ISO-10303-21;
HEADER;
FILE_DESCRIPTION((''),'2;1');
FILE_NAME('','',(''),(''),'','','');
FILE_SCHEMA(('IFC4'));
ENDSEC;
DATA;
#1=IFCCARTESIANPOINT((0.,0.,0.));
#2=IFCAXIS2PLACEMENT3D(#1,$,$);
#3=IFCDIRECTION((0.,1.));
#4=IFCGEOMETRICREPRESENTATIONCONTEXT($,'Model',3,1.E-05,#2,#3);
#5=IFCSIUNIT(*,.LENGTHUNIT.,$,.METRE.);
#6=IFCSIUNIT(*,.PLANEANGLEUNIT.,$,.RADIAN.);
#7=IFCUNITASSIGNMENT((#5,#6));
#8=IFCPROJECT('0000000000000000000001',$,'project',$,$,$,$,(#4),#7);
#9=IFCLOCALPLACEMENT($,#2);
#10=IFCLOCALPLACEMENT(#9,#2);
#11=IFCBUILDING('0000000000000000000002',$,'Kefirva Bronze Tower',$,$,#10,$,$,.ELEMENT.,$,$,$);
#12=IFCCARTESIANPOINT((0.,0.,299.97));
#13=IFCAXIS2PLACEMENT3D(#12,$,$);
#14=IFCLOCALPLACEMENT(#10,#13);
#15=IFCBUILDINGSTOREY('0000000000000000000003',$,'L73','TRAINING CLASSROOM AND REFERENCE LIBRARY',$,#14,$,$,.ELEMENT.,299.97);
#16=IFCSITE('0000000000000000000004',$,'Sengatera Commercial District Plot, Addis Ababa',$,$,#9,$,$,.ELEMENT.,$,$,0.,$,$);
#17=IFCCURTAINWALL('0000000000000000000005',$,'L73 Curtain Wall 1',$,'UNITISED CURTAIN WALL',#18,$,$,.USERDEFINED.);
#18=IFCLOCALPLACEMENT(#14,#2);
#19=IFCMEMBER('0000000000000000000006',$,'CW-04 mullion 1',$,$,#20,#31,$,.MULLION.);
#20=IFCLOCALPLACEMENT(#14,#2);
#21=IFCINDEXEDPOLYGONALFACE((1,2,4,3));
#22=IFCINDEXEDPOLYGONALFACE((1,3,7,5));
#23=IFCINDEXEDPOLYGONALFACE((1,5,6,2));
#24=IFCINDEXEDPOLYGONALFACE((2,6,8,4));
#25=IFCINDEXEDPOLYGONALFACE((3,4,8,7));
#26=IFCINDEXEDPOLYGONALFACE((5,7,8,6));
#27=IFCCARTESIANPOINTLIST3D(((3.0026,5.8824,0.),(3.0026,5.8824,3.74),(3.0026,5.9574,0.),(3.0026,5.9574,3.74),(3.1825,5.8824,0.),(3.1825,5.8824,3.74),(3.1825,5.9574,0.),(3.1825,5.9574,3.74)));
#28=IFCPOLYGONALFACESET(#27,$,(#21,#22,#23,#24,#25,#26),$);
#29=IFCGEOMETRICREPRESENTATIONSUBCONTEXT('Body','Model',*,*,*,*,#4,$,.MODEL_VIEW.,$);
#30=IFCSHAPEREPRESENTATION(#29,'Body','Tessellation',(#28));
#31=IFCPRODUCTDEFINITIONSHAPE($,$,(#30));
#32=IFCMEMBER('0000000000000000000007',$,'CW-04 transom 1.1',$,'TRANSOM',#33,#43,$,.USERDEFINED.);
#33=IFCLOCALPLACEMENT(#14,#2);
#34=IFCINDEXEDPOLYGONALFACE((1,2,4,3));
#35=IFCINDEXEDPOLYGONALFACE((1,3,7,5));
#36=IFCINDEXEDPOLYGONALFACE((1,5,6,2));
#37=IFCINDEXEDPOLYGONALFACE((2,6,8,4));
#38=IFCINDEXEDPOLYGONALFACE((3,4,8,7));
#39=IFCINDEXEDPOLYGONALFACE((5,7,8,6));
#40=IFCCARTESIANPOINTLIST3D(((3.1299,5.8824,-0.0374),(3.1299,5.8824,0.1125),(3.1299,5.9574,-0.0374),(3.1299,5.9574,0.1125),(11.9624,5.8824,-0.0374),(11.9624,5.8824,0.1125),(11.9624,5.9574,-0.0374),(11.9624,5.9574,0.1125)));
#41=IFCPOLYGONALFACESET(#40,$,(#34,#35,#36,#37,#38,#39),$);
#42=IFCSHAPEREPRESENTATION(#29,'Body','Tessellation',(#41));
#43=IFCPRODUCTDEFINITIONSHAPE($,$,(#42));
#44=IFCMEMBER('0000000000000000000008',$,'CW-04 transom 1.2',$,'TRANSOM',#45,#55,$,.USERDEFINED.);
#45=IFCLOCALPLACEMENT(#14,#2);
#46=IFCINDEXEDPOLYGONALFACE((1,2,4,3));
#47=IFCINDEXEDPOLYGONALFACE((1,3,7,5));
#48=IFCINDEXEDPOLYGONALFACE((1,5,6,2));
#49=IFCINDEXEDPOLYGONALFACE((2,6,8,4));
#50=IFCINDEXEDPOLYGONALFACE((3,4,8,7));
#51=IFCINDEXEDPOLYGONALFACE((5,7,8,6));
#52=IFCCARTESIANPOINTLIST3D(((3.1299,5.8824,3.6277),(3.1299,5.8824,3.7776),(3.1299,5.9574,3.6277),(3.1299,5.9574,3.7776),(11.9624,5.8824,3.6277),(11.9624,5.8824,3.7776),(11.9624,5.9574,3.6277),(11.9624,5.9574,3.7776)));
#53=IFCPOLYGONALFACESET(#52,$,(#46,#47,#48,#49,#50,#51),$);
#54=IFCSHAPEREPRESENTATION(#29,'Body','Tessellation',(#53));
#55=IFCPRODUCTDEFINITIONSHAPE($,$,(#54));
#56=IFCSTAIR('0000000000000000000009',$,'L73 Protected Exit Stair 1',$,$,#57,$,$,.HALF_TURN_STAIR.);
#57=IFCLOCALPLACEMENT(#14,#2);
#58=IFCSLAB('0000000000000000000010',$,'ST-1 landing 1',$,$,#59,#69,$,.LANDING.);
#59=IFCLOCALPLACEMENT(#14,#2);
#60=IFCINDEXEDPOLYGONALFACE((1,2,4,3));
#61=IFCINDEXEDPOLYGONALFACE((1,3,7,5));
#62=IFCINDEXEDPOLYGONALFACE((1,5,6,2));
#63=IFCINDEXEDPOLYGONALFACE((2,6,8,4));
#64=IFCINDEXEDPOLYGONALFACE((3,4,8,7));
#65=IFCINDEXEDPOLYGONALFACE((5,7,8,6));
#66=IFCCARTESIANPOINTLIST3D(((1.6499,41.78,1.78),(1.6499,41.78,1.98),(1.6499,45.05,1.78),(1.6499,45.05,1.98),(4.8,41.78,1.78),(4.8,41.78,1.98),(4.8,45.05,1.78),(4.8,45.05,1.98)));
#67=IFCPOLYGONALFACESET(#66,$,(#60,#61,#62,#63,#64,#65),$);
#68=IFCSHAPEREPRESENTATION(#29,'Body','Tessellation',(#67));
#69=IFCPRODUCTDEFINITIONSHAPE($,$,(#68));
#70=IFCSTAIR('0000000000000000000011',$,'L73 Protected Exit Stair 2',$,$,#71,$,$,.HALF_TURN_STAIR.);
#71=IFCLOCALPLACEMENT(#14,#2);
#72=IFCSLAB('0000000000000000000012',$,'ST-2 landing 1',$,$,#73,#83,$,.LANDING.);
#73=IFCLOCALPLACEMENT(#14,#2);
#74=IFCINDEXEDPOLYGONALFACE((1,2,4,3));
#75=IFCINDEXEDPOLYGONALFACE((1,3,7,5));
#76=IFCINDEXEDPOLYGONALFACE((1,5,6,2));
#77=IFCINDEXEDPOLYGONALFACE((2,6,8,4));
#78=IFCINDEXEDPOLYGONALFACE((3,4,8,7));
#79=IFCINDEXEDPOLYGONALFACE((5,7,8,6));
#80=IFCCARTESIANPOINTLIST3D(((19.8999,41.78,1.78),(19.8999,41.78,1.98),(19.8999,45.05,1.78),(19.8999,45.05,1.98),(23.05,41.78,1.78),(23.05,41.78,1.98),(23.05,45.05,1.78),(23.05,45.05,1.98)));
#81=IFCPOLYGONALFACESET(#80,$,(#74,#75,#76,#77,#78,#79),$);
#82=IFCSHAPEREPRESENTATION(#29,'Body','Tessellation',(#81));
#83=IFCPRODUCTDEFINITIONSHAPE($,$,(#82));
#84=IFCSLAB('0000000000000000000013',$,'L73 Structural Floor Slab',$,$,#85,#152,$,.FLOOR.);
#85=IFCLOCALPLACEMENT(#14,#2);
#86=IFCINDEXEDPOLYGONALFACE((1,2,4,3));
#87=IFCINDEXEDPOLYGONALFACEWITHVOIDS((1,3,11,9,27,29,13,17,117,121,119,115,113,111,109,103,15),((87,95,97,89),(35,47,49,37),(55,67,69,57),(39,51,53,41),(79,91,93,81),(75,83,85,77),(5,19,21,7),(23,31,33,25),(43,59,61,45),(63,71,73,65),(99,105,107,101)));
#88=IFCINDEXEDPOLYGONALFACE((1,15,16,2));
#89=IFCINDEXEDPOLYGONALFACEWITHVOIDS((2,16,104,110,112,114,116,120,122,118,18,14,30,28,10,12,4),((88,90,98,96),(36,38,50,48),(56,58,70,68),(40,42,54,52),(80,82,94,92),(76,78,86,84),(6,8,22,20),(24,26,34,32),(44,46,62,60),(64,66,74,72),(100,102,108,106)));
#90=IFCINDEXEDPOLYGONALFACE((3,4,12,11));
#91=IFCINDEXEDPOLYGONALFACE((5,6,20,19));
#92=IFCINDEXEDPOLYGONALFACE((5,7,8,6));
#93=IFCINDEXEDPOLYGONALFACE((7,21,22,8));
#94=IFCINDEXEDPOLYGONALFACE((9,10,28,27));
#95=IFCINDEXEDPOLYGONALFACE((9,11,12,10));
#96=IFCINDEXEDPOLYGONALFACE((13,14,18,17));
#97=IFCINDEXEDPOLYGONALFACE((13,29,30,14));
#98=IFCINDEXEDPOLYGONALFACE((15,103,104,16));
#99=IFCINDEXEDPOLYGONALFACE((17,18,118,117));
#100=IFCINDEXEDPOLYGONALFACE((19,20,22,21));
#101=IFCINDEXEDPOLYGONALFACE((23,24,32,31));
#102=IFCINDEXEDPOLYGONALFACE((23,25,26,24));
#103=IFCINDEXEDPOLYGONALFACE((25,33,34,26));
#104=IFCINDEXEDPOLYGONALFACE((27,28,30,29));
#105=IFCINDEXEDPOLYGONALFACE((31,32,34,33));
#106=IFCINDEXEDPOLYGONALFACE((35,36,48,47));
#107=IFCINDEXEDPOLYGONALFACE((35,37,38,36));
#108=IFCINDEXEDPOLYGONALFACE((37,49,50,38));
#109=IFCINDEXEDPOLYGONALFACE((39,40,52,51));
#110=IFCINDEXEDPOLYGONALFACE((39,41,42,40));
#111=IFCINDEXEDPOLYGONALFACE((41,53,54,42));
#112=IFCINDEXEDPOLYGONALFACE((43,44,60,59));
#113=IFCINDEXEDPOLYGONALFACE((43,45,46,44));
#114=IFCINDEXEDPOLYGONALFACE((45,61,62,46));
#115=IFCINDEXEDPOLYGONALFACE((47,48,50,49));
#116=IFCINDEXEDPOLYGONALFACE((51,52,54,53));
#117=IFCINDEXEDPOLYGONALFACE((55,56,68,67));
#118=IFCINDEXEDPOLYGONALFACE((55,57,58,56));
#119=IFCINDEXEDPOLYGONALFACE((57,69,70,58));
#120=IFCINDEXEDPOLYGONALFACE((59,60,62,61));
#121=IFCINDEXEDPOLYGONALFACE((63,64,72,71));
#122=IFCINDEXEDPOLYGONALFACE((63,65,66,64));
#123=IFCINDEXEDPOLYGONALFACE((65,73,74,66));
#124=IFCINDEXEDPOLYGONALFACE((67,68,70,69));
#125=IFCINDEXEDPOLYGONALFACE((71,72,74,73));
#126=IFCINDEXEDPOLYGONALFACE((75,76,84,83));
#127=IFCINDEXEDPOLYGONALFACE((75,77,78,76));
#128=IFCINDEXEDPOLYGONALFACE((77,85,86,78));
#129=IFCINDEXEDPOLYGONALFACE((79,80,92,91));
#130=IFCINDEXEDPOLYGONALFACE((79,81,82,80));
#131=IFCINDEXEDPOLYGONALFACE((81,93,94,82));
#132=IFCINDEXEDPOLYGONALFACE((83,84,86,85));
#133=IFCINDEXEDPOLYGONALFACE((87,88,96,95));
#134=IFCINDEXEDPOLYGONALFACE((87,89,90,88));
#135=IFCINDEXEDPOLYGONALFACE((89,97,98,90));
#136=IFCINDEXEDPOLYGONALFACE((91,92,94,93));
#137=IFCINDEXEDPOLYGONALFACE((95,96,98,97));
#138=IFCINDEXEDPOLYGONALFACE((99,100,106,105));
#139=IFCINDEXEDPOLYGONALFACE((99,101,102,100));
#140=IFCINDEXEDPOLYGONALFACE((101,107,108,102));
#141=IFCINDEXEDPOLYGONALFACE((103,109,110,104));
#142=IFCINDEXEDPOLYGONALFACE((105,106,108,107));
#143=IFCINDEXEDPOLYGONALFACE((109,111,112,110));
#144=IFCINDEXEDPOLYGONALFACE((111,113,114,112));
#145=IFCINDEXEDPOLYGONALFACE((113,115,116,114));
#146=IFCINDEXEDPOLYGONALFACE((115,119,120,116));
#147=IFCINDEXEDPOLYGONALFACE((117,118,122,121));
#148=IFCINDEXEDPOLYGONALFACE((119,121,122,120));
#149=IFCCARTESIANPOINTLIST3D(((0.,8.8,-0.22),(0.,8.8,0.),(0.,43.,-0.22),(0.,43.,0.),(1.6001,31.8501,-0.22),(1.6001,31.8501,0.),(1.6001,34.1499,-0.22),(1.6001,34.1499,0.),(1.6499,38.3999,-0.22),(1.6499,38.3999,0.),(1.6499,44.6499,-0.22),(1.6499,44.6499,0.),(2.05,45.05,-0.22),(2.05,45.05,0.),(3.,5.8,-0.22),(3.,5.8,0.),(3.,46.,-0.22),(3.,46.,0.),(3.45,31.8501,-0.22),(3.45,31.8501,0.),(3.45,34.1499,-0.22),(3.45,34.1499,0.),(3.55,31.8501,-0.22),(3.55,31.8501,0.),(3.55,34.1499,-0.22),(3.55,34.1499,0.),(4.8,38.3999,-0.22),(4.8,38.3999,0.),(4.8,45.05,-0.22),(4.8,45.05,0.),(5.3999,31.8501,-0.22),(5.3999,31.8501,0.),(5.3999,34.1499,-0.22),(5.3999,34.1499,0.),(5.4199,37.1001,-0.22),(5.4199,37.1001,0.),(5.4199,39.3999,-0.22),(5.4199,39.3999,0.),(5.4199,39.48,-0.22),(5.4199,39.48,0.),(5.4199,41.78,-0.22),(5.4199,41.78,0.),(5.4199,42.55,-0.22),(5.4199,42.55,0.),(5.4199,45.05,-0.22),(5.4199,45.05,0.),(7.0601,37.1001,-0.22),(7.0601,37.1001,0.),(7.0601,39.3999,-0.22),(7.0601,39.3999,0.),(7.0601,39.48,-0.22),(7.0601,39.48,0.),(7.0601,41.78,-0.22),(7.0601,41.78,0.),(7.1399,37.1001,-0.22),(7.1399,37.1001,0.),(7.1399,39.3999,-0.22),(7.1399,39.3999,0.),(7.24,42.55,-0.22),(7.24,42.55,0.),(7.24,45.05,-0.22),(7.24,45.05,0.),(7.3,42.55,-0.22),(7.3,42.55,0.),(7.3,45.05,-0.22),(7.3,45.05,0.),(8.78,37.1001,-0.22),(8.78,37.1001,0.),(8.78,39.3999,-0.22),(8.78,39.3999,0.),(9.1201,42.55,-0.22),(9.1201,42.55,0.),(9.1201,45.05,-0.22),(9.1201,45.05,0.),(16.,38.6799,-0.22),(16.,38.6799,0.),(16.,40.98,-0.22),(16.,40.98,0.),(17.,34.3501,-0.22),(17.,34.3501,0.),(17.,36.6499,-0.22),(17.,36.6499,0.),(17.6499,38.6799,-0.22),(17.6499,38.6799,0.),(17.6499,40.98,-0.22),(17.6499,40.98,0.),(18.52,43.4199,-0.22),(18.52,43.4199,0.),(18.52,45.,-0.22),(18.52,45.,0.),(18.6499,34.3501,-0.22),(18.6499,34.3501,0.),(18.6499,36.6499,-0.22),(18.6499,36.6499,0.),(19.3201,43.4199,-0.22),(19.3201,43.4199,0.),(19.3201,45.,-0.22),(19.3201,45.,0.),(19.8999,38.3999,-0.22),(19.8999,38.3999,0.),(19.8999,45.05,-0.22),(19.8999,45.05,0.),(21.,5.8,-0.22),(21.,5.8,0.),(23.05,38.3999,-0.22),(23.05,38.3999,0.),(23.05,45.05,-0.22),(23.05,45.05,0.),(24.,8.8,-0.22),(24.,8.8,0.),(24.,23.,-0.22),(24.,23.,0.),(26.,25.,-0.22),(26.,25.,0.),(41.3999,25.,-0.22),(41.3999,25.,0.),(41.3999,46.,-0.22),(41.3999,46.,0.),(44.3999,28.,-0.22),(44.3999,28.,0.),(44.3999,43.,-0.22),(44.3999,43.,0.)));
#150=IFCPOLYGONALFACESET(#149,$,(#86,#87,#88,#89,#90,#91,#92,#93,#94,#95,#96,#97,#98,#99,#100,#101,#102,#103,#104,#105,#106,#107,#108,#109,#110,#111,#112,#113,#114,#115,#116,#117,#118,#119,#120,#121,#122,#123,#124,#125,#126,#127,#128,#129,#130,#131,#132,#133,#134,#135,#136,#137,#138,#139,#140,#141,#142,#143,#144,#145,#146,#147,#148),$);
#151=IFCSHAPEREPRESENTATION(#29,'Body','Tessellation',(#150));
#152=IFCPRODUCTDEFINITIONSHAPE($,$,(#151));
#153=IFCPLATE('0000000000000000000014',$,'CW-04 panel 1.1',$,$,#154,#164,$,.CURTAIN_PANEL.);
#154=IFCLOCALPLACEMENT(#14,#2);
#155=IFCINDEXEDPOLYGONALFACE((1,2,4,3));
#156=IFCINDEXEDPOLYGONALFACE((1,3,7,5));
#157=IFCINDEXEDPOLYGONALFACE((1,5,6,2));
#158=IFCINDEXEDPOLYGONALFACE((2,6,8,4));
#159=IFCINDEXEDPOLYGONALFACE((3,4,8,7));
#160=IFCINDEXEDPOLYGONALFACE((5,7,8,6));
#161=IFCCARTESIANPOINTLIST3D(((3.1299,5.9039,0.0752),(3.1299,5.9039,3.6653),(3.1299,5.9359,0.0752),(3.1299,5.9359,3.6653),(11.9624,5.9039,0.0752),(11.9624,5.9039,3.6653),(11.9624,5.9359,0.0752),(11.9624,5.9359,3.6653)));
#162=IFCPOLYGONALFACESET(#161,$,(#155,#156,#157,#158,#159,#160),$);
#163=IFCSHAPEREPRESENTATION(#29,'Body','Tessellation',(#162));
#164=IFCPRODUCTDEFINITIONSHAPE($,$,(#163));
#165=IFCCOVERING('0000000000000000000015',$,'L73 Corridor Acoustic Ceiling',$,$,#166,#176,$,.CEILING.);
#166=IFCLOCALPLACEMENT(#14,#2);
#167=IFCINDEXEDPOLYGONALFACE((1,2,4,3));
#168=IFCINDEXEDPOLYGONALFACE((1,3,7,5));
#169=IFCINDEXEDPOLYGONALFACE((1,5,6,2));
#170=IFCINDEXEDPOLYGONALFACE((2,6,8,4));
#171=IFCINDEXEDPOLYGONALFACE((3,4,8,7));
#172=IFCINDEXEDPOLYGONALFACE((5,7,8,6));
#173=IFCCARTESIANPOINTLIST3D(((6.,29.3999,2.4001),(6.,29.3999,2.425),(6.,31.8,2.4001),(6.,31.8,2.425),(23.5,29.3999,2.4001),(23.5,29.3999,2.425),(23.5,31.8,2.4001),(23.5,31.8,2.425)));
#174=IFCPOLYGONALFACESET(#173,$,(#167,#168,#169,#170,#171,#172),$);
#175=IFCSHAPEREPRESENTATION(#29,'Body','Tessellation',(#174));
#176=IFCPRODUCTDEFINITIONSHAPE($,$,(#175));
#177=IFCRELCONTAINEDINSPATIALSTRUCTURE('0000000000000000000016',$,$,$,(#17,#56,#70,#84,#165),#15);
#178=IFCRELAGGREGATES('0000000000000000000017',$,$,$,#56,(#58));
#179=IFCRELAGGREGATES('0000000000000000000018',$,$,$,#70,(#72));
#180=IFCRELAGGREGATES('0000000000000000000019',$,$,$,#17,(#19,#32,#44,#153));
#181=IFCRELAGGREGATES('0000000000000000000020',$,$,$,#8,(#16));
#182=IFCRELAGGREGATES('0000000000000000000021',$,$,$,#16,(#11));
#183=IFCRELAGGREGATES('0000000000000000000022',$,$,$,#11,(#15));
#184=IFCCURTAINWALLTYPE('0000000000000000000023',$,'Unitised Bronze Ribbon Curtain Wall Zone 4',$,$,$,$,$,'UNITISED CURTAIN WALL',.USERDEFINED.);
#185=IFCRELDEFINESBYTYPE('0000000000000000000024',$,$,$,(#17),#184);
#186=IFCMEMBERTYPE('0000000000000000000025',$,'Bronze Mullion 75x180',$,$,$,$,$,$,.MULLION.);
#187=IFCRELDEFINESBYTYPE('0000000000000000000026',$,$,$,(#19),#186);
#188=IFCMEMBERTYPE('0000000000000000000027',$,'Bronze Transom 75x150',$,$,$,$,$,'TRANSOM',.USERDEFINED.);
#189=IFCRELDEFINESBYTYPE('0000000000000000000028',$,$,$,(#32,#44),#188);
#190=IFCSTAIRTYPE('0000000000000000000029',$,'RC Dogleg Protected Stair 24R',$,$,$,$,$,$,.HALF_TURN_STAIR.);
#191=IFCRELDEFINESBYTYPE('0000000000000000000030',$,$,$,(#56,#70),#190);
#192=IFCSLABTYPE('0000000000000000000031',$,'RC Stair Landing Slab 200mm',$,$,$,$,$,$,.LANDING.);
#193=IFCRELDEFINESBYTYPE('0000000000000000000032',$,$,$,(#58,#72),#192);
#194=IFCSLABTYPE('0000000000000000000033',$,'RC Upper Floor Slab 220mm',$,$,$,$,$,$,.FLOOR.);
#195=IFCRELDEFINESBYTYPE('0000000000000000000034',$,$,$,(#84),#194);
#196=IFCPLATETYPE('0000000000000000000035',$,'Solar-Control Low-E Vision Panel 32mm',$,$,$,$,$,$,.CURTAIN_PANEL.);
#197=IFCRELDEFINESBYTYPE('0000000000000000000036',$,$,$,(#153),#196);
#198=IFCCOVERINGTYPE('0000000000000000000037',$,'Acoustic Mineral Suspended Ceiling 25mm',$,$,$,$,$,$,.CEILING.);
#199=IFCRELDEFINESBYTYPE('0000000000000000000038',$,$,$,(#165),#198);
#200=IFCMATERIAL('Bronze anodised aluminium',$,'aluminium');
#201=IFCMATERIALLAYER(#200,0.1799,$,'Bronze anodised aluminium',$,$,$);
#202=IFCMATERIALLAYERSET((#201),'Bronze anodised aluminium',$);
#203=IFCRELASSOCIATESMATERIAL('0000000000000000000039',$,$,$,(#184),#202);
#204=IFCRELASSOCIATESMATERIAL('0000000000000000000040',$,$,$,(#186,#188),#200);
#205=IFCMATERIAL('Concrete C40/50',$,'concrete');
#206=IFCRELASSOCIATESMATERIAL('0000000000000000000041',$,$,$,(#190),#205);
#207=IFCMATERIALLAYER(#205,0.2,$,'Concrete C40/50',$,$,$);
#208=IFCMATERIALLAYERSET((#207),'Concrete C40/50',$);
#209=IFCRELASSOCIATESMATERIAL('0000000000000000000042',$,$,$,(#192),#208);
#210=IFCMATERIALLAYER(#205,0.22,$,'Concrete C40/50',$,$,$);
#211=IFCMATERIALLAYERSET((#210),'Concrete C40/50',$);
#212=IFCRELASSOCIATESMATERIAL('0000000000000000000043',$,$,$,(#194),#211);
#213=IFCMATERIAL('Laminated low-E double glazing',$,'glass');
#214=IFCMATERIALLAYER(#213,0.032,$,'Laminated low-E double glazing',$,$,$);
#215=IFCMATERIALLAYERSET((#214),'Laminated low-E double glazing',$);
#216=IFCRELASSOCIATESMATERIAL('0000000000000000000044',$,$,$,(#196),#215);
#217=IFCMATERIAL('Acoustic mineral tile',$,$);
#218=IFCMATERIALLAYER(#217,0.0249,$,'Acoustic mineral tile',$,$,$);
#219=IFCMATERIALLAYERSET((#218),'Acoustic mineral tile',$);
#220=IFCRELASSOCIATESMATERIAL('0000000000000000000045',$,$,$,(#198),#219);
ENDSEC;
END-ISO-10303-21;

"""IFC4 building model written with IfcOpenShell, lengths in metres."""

from ifc_helpers import new_model, si_unit, direction, frame, origin, origin_2d, place, context, subcontext, project, spatial, polyline, rectangle, outline, extrude, material, layer, layer_set, material_profile, profile_set, type_object, element, aggregate, save


model = new_model("IFC4")

# Units and contexts
model_context = context("Model", 3, precision=1e-05, world=origin(), true_north=direction((0.0, 1.0)))
body_context = subcontext(model_context, "Body", "Model", "MODEL_VIEW")
ifc_project = project(units=[si_unit("LENGTHUNIT", "METRE"), si_unit("PLANEANGLEUNIT", "RADIAN")], contexts=[model_context])

# Site, building, storey
site_placement = place(None, origin())
site = spatial("IfcSite", under=ifc_project, at=site_placement, Name="Sengatera Commercial District Plot, Addis Ababa", CompositionType="ELEMENT", RefElevation=0.0)
building_placement = place(site_placement, origin())
building = spatial("IfcBuilding", under=site, at=building_placement, Name="Kefirva Bronze Tower", CompositionType="ELEMENT")
storey_placement = place(building_placement, frame((0.0, 0.0, 299.97)))
storey = spatial("IfcBuildingStorey", under=building, at=storey_placement, Name="L73", Description="TRAINING CLASSROOM AND REFERENCE LIBRARY", CompositionType="ELEMENT", Elevation=299.97)

# Curtain wall, members
ifc_material_1 = material(Name="Bronze anodised aluminium", Category="aluminium")
ifc_layer_1 = layer(ifc_material_1, 0.1799, Name="Bronze anodised aluminium")
ifc_layer_set_1 = layer_set([ifc_layer_1], Name="Bronze anodised aluminium")
curtain_wall_type = type_object("IfcCurtainWallType", Name="Unitised Bronze Ribbon Curtain Wall Zone 4", ElementType="UNITISED CURTAIN WALL", PredefinedType="USERDEFINED", material=ifc_layer_set_1)
curtain_wall_placement = place(storey_placement, origin())
curtain_wall = element("IfcCurtainWall", 1, at=curtain_wall_placement, inside=storey, type_object=curtain_wall_type, Name="L73 Curtain Wall 1", ObjectType="UNITISED CURTAIN WALL", PredefinedType="USERDEFINED")
ifc_material_profile_1 = material_profile(ifc_material_1, rectangle(XDim=0.075, YDim=0.1799, at=origin_2d()), Name="ALU 75x180")
ifc_profile_set_1 = profile_set([ifc_material_profile_1], Name="Bronze anodised aluminium")
member_type_1 = type_object("IfcMemberType", Name="Bronze Mullion 75x180", PredefinedType="MULLION", material=ifc_profile_set_1)
member_1_placement = place(storey_placement, frame((3.0925, 5.9199, 0.0), z_axis=(0.0, 0.0, 1.0), x_axis=(0.0, 1.0, 0.0)))
member_1 = element("IfcMember", 2, at=member_1_placement, type_object=member_type_1, Name="CW-04 mullion 1", PredefinedType="MULLION", context=body_context, shape_type="SweptSolid", body=[
    extrude(rectangle(XDim=0.075, YDim=0.1799, at=origin_2d()), origin(), (0.0, 0.0, 1.0), 3.74),
])
ifc_material_profile_2 = material_profile(ifc_material_1, rectangle(XDim=0.075, YDim=0.1499, at=origin_2d()), Name="ALU 75x150")
ifc_profile_set_2 = profile_set([ifc_material_profile_2], Name="Bronze anodised aluminium")
member_type_2 = type_object("IfcMemberType", Name="Bronze Transom 75x150", ElementType="TRANSOM", PredefinedType="USERDEFINED", material=ifc_profile_set_2)
member_2_placement = place(storey_placement, frame((3.1299, 5.9199, 0.0376), z_axis=(1.0, 0.0, 0.0), x_axis=(0.0, 1.0, 0.0)))
member_2 = element("IfcMember", 3, at=member_2_placement, type_object=member_type_2, Name="CW-04 transom 1.1", ObjectType="TRANSOM", PredefinedType="USERDEFINED", context=body_context, shape_type="SweptSolid", body=[
    extrude(rectangle(XDim=0.075, YDim=0.1499, at=origin_2d()), origin(), (0.0, 0.0, 1.0), 8.8325),
])
member_3_placement = place(storey_placement, frame((3.1299, 5.9199, 3.7026), z_axis=(1.0, 0.0, 0.0), x_axis=(0.0, 1.0, 0.0)))
member_3 = element("IfcMember", 4, at=member_3_placement, type_object=member_type_2, Name="CW-04 transom 1.2", ObjectType="TRANSOM", PredefinedType="USERDEFINED", context=body_context, shape_type="SweptSolid", body=[
    extrude(rectangle(XDim=0.075, YDim=0.1499, at=origin_2d()), origin(), (0.0, 0.0, 1.0), 8.8325),
])

# Stairs, slabs
ifc_material_2 = material(Name="Concrete C40/50", Category="concrete")
stair_type = type_object("IfcStairType", Name="RC Dogleg Protected Stair 24R", PredefinedType="HALF_TURN_STAIR", material=ifc_material_2)
stair_1_placement = place(storey_placement, origin())
stair_1 = element("IfcStair", 5, at=stair_1_placement, inside=storey, type_object=stair_type, Name="L73 Protected Exit Stair 1", PredefinedType="HALF_TURN_STAIR")
ifc_layer_2 = layer(ifc_material_2, 0.2, Name="Concrete C40/50")
ifc_layer_set_2 = layer_set([ifc_layer_2], Name="Concrete C40/50")
slab_type_1 = type_object("IfcSlabType", Name="RC Stair Landing Slab 200mm", PredefinedType="LANDING", material=ifc_layer_set_2)
slab_1_placement = place(storey_placement, frame((0.0, 0.0, 1.78)))
slab_1 = element("IfcSlab", 6, at=slab_1_placement, type_object=slab_type_1, Name="ST-1 landing 1", PredefinedType="LANDING", context=body_context, shape_type="SweptSolid", body=[
    extrude(outline(polyline([(4.8, 41.78), (4.8, 45.05), (1.6499, 45.05), (1.6499, 41.78), (4.8, 41.78)])), origin(), (0.0, 0.0, 1.0), 0.2),
])
aggregate(stair_1, [slab_1])
stair_2_placement = place(storey_placement, origin())
stair_2 = element("IfcStair", 7, at=stair_2_placement, inside=storey, type_object=stair_type, Name="L73 Protected Exit Stair 2", PredefinedType="HALF_TURN_STAIR")
slab_2_placement = place(storey_placement, frame((0.0, 0.0, 1.78)))
slab_2 = element("IfcSlab", 8, at=slab_2_placement, type_object=slab_type_1, Name="ST-2 landing 1", PredefinedType="LANDING", context=body_context, shape_type="SweptSolid", body=[
    extrude(outline(polyline([(23.05, 41.78), (23.05, 45.05), (19.8999, 45.05), (19.8999, 41.78), (23.05, 41.78)])), origin(), (0.0, 0.0, 1.0), 0.2),
])
aggregate(stair_2, [slab_2])

# Slab
ifc_layer_3 = layer(ifc_material_2, 0.22, Name="Concrete C40/50")
ifc_layer_set_3 = layer_set([ifc_layer_3], Name="Concrete C40/50")
slab_type_2 = type_object("IfcSlabType", Name="RC Upper Floor Slab 220mm", PredefinedType="FLOOR", material=ifc_layer_set_3)
slab_3_placement = place(storey_placement, frame((0.0, 0.0, -0.22)))
element("IfcSlab", 9, at=slab_3_placement, inside=storey, type_object=slab_type_2, Name="L73 Structural Floor Slab", PredefinedType="FLOOR", context=body_context, shape_type="SweptSolid", body=[
    extrude(outline(polyline([(0.0, 8.8), (0.0, 43.0), (1.6499, 44.6499), (1.6499, 38.3999), (4.8, 38.3999), (4.8, 45.05), (2.05, 45.05), (3.0, 46.0), (41.3999, 46.0), (44.3999, 43.0), (44.3999, 28.0), (41.3999, 25.0), (26.0, 25.0), (24.0, 23.0), (24.0, 8.8), (21.0, 5.8), (3.0, 5.8), (0.0, 8.8)]), holes=[polyline([(23.05, 45.05), (19.8999, 45.05), (19.8999, 38.3999), (23.05, 38.3999), (23.05, 45.05)]), polyline([(19.3201, 43.4199), (19.3201, 45.0), (18.52, 45.0), (18.52, 43.4199), (19.3201, 43.4199)]), polyline([(18.6499, 36.6499), (17.0, 36.6499), (17.0, 34.3501), (18.6499, 34.3501), (18.6499, 36.6499)]), polyline([(17.6499, 38.6799), (17.6499, 40.98), (16.0, 40.98), (16.0, 38.6799), (17.6499, 38.6799)]), polyline([(9.1201, 42.55), (9.1201, 45.05), (7.3, 45.05), (7.3, 42.55), (9.1201, 42.55)]), polyline([(8.78, 37.1001), (8.78, 39.3999), (7.1399, 39.3999), (7.1399, 37.1001), (8.78, 37.1001)]), polyline([(7.24, 42.55), (7.24, 45.05), (5.4199, 45.05), (5.4199, 42.55), (7.24, 42.55)]), polyline([(7.0601, 37.1001), (7.0601, 39.3999), (5.4199, 39.3999), (5.4199, 37.1001), (7.0601, 37.1001)]), polyline([(7.0601, 41.78), (5.4199, 41.78), (5.4199, 39.48), (7.0601, 39.48), (7.0601, 41.78)]), polyline([(5.3999, 31.8501), (5.3999, 34.1499), (3.55, 34.1499), (3.55, 31.8501), (5.3999, 31.8501)]), polyline([(3.45, 34.1499), (1.6001, 34.1499), (1.6001, 31.8501), (3.45, 31.8501), (3.45, 34.1499)])]), origin(), (0.0, 0.0, 1.0), 0.22),
])

# Plate
ifc_material_3 = material(Name="Laminated low-E double glazing", Category="glass")
ifc_layer_4 = layer(ifc_material_3, 0.032, Name="Laminated low-E double glazing")
ifc_layer_set_4 = layer_set([ifc_layer_4], Name="Laminated low-E double glazing")
plate_type = type_object("IfcPlateType", Name="Solar-Control Low-E Vision Panel 32mm", PredefinedType="CURTAIN_PANEL", material=ifc_layer_set_4)
plate_placement = place(storey_placement, frame((7.5461, 5.9199, 0.0752), z_axis=(0.0, 0.0, 1.0), x_axis=(1.0, 0.0, 0.0)))
plate = element("IfcPlate", 10, at=plate_placement, type_object=plate_type, Name="CW-04 panel 1.1", PredefinedType="CURTAIN_PANEL", context=body_context, shape_type="SweptSolid", body=[
    extrude(rectangle(XDim=8.8325, YDim=0.032, at=origin_2d()), origin(), (0.0, 0.0, 1.0), 3.5901),
])
aggregate(curtain_wall, [member_1, member_2, member_3, plate])

# Covering
ifc_material_4 = material(Name="Acoustic mineral tile")
ifc_layer_5 = layer(ifc_material_4, 0.0249, Name="Acoustic mineral tile")
ifc_layer_set_5 = layer_set([ifc_layer_5], Name="Acoustic mineral tile")
covering_type_1 = type_object("IfcCoveringType", Name="Acoustic Mineral Suspended Ceiling 25mm", PredefinedType="CEILING", material=ifc_layer_set_5)
covering_1_placement = place(storey_placement, frame((0.0, 0.0, 2.4001)))
element("IfcCovering", 11, at=covering_1_placement, inside=storey, type_object=covering_type_1, Name="L73 Corridor Acoustic Ceiling", PredefinedType="CEILING", context=body_context, shape_type="SweptSolid", body=[
    extrude(outline(polyline([(6.0, 29.3999), (23.5, 29.3999), (23.5, 31.8), (6.0, 31.8), (6.0, 29.3999)])), origin(), (0.0, 0.0, 1.0), 0.0249),
])

save(model, "model.ifc")
